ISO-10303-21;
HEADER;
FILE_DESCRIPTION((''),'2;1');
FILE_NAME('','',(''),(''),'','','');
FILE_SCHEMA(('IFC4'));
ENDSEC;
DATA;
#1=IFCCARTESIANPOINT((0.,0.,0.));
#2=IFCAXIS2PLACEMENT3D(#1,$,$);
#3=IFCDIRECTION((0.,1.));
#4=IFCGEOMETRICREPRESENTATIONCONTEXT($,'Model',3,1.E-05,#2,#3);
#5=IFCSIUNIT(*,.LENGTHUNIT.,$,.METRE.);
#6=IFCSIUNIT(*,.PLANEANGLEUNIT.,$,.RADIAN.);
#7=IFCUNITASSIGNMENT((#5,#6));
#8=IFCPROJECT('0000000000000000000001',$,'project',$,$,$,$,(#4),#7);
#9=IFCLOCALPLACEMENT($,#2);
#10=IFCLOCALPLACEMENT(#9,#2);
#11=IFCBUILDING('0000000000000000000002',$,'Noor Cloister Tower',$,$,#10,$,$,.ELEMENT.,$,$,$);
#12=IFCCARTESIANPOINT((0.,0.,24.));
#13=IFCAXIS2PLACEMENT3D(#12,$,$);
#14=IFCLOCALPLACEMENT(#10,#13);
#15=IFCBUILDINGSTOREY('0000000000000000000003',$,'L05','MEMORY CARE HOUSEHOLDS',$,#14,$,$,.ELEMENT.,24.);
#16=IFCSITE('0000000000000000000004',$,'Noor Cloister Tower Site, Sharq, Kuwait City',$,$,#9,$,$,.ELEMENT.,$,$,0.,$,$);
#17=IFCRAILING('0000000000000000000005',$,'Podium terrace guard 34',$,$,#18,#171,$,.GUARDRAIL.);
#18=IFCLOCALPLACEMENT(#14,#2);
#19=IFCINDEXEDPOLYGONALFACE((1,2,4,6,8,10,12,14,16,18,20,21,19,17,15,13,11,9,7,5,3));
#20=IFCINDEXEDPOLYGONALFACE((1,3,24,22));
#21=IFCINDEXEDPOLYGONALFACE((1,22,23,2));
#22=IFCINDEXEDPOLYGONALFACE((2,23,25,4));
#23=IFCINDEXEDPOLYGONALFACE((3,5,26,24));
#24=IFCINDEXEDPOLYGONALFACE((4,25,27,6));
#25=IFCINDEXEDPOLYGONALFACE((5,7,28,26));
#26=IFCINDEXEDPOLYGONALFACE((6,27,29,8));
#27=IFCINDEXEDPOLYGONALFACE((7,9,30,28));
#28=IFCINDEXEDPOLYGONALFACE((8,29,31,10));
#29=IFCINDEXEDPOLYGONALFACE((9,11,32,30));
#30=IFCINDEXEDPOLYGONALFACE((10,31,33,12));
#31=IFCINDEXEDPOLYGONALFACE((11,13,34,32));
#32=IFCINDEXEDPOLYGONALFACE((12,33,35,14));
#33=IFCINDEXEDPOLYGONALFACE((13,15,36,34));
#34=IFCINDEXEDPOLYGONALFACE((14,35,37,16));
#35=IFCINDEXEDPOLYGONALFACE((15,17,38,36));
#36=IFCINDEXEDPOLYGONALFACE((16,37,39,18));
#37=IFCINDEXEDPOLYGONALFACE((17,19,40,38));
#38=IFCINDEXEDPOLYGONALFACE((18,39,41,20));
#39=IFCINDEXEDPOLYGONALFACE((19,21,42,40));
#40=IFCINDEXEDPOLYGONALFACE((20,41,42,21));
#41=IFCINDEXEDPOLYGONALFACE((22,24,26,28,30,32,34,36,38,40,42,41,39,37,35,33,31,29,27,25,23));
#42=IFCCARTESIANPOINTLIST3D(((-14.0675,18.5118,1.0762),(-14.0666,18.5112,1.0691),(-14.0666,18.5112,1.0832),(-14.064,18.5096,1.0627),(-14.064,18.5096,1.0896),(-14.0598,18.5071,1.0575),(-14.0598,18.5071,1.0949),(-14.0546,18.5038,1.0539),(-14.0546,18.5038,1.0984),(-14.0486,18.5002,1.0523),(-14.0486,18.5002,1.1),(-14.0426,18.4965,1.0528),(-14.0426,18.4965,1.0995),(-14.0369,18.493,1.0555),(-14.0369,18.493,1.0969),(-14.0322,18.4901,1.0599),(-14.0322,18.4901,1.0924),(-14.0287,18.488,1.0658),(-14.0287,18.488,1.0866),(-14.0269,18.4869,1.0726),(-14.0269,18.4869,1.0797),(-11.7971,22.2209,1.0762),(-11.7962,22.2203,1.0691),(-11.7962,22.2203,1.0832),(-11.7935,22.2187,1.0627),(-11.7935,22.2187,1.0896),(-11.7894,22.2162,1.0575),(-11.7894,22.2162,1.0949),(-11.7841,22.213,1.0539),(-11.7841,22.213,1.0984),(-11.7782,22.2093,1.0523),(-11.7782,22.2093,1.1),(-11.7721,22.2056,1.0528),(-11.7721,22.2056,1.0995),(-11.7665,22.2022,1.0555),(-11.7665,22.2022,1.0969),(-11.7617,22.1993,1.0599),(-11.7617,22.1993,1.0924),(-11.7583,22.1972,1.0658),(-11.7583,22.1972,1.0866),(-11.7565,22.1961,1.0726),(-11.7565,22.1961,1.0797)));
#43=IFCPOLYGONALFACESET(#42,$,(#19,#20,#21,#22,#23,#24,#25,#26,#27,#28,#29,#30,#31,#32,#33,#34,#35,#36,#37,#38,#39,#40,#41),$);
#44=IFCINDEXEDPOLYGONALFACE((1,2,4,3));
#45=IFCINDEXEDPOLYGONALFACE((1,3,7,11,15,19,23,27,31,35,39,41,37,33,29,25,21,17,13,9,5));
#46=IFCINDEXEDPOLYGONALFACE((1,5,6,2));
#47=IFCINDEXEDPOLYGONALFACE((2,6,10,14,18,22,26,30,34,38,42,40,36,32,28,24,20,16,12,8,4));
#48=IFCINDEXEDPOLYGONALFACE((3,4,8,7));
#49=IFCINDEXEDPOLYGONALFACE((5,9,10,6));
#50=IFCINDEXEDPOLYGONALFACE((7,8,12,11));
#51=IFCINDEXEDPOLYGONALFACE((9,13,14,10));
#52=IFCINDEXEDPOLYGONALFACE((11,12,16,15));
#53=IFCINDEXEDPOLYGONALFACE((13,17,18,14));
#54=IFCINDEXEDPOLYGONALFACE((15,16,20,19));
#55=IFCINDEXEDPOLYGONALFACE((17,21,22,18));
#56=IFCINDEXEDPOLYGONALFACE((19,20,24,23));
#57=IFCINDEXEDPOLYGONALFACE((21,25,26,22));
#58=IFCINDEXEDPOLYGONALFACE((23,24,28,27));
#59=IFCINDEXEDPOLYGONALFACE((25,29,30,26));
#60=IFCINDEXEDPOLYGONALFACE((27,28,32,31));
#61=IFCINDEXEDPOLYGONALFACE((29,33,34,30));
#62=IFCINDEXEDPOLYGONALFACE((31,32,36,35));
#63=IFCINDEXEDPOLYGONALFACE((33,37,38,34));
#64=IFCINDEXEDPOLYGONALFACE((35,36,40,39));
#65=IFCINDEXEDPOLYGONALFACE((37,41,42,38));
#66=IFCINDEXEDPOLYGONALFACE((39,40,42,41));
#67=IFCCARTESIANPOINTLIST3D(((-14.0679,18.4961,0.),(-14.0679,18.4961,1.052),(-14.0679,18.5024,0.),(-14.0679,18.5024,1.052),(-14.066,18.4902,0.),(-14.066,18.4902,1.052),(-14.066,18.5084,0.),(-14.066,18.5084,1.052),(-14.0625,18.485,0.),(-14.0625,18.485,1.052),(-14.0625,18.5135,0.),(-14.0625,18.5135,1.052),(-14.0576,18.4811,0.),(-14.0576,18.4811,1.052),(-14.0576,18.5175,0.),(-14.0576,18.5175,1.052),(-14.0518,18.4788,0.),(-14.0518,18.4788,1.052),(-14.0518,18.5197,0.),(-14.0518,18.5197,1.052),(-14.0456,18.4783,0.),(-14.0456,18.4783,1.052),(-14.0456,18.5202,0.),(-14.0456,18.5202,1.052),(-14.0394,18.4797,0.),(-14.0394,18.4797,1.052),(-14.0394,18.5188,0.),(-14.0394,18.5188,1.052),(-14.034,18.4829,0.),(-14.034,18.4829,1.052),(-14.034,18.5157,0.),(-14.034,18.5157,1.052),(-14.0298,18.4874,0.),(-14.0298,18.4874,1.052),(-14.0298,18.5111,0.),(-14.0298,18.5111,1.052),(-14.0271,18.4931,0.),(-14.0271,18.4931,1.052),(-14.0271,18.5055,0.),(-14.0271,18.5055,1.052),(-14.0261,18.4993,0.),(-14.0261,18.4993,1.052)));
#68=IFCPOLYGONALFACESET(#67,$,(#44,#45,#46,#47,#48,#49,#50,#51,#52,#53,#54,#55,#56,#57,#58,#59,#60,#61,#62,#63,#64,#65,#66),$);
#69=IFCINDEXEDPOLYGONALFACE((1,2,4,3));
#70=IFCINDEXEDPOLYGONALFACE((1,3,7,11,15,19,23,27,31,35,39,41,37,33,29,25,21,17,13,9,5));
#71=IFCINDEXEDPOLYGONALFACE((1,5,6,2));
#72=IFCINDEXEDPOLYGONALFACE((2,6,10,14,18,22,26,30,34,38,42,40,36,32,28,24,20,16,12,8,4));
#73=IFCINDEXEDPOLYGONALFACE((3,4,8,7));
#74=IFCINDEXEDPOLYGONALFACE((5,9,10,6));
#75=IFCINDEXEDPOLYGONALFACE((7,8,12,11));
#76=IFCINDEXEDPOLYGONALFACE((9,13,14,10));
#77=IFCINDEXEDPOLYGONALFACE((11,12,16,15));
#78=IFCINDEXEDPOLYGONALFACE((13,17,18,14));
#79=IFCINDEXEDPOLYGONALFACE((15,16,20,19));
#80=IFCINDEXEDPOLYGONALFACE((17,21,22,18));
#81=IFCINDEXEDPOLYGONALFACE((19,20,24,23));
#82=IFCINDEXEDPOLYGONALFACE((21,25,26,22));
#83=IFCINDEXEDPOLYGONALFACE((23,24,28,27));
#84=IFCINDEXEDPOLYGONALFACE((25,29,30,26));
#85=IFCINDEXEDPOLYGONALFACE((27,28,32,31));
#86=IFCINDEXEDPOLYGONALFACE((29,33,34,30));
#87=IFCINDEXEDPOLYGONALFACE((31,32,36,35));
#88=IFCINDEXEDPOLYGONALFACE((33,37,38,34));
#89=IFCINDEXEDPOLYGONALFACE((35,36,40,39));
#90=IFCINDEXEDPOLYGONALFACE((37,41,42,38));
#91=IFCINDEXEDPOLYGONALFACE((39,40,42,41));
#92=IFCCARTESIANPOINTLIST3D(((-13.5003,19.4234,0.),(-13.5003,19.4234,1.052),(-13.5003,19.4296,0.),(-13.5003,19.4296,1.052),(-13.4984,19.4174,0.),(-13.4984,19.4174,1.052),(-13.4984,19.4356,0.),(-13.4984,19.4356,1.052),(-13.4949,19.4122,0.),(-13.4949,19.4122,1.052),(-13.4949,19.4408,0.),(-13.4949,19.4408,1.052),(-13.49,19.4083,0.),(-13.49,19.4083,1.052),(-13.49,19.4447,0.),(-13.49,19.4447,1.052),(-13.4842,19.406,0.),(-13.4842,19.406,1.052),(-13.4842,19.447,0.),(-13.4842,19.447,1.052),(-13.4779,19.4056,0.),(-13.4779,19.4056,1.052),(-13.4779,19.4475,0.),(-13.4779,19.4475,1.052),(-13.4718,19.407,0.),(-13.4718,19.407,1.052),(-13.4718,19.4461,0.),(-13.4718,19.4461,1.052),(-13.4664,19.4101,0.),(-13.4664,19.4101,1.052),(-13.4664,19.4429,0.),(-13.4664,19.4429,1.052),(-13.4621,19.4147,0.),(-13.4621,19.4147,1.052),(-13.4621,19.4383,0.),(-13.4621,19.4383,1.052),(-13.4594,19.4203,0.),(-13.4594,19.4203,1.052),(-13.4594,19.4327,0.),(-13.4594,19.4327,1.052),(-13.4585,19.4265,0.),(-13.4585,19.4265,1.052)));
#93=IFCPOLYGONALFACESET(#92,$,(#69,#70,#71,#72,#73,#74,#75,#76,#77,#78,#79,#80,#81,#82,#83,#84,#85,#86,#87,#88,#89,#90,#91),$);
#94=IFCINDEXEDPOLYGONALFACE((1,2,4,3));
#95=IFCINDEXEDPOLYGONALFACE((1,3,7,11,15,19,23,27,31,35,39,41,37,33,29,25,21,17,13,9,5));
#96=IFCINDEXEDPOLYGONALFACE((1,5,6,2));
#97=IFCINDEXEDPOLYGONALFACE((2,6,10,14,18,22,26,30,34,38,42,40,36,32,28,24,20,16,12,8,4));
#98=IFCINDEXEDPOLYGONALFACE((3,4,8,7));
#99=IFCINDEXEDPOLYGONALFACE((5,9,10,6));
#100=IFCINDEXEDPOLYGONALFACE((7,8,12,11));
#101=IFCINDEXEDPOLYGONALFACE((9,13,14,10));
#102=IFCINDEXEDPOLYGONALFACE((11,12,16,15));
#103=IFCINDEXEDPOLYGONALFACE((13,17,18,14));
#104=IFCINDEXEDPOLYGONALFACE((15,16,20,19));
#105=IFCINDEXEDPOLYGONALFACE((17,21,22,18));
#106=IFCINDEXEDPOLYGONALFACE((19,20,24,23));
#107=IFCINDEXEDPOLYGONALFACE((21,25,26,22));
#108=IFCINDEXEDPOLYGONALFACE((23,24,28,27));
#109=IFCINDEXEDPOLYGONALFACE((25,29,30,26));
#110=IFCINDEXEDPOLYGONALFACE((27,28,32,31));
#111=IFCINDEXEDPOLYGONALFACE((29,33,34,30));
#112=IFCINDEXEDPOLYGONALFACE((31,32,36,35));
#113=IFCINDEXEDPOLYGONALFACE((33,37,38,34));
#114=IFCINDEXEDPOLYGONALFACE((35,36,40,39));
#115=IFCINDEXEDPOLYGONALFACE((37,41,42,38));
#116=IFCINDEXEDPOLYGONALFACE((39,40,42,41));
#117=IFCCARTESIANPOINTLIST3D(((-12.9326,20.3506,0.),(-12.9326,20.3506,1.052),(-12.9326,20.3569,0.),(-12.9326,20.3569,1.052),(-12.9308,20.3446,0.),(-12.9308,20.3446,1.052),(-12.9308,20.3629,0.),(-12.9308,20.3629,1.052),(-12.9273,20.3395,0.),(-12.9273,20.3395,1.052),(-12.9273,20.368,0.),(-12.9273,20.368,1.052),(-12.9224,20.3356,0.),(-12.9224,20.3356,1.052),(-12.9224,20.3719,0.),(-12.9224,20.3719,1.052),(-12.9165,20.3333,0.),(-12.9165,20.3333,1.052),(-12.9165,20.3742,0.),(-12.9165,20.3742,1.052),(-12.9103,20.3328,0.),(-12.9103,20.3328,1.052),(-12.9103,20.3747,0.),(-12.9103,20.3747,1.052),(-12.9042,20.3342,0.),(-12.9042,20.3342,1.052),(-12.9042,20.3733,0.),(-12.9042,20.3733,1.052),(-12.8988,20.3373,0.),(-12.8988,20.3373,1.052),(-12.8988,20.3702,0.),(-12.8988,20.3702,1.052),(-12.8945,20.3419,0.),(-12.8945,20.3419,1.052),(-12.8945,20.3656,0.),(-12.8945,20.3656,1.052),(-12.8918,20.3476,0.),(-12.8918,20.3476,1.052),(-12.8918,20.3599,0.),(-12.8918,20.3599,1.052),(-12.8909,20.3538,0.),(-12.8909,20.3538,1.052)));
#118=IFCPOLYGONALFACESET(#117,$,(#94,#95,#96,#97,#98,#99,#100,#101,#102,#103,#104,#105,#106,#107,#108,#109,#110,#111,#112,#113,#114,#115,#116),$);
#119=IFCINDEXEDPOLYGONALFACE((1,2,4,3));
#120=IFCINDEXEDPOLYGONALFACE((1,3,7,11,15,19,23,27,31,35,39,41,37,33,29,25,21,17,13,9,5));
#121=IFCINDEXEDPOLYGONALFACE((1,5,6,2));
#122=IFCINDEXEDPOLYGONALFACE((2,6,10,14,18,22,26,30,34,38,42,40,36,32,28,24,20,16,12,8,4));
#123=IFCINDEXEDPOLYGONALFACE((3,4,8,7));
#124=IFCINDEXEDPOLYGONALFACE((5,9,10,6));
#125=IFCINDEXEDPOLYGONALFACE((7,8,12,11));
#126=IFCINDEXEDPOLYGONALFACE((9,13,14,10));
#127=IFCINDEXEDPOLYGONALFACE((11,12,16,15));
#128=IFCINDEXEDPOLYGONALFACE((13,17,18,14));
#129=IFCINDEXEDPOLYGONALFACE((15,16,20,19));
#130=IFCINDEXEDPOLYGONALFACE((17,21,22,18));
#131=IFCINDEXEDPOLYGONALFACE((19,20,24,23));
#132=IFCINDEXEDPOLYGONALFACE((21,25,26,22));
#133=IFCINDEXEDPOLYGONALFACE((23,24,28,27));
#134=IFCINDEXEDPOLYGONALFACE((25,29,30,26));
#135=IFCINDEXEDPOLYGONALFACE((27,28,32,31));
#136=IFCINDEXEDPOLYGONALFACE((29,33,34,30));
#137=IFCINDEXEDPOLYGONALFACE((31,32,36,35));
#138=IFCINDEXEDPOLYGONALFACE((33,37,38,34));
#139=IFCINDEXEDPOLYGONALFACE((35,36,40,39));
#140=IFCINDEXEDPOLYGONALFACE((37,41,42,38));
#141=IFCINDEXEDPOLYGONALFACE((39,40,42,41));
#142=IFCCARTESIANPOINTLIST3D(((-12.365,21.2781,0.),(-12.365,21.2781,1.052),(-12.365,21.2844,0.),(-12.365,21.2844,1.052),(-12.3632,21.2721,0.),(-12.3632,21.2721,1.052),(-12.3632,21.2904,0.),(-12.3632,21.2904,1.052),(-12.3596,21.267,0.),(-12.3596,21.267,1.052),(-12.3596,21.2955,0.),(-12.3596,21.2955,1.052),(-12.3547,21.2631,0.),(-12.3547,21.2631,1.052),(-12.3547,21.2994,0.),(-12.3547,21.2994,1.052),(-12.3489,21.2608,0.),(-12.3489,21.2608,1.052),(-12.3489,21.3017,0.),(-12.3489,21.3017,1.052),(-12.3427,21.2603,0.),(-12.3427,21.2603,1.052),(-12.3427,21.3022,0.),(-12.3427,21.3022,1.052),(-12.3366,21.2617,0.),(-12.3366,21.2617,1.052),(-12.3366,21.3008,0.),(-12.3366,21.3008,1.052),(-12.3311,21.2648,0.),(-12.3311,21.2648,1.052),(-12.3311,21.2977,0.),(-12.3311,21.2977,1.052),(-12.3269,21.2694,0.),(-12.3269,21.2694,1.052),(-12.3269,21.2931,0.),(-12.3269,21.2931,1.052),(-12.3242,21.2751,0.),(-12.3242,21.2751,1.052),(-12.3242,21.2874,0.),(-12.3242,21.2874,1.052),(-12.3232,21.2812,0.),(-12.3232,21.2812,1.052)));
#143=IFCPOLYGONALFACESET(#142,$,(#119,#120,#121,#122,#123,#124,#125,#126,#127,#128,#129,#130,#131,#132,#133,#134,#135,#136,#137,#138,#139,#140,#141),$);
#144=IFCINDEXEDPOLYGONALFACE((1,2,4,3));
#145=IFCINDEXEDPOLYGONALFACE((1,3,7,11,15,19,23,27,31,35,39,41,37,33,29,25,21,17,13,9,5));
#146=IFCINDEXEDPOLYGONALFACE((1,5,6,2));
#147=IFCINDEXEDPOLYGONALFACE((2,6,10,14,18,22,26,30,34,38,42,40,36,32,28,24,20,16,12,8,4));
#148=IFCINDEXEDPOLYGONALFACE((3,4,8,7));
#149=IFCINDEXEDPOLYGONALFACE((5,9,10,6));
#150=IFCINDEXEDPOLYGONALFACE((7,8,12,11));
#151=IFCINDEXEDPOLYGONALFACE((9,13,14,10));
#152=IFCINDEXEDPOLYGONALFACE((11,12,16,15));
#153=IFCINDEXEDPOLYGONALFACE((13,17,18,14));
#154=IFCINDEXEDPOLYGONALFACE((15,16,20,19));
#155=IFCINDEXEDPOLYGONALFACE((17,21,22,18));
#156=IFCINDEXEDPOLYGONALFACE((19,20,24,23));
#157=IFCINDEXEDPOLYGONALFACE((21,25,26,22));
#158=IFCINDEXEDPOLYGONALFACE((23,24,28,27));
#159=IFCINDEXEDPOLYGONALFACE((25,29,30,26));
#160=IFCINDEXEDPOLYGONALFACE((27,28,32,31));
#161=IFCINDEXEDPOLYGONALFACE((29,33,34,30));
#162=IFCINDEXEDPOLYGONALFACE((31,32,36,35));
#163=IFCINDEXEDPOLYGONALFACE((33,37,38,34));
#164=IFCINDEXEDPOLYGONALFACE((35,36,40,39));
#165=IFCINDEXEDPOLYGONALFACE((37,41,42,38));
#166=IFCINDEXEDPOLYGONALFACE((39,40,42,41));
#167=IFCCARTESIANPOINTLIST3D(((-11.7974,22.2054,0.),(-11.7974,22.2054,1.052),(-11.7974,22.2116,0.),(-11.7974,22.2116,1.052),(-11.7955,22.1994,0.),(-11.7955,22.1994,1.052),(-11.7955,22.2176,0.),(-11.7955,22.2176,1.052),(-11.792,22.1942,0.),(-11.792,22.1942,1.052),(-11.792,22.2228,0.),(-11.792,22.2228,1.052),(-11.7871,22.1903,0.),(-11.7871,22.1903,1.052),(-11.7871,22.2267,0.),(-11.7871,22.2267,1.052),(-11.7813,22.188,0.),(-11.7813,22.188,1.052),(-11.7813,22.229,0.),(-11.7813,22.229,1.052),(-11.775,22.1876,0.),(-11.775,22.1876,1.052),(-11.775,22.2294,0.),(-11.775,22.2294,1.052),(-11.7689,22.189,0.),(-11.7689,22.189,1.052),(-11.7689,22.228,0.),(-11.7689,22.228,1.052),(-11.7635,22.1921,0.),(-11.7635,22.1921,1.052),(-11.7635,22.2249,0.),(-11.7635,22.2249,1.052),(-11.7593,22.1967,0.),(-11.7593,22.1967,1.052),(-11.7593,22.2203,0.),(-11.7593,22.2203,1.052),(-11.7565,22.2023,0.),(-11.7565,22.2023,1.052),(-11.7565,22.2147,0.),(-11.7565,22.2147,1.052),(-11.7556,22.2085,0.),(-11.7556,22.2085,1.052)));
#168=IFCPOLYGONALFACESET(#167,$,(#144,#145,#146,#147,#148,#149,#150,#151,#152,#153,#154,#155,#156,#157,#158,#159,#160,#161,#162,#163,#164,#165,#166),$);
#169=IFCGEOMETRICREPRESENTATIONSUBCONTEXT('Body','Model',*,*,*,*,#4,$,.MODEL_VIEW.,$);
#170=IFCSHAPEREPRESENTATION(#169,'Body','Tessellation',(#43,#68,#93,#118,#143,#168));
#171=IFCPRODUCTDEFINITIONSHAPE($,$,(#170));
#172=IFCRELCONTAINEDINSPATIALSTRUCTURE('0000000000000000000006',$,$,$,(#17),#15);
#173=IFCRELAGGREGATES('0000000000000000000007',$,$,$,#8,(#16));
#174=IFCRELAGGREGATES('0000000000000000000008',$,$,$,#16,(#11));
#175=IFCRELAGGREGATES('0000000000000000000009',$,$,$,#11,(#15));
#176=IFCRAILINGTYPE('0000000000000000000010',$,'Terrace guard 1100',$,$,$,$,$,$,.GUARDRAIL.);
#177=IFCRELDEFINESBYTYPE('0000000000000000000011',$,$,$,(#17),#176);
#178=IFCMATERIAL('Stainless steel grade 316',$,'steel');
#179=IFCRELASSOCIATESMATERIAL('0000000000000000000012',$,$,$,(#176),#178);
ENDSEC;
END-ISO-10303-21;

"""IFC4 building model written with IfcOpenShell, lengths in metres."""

from ifc_helpers import new_model, si_unit, direction, frame, origin, origin_2d, place, context, subcontext, project, spatial, circle, extrude, material, type_object, element, save


model = new_model("IFC4")

# Units and contexts
model_context = context("Model", 3, precision=1e-05, world=origin(), true_north=direction((0.0, 1.0)))
body_context = subcontext(model_context, "Body", "Model", "MODEL_VIEW")
ifc_project = project(units=[si_unit("LENGTHUNIT", "METRE"), si_unit("PLANEANGLEUNIT", "RADIAN")], contexts=[model_context])

# Site, building, storey
site_placement = place(None, origin())
site = spatial("IfcSite", under=ifc_project, at=site_placement, Name="Noor Cloister Tower Site, Sharq, Kuwait City", CompositionType="ELEMENT", RefElevation=0.0)
building_placement = place(site_placement, origin())
building = spatial("IfcBuilding", under=site, at=building_placement, Name="Noor Cloister Tower", CompositionType="ELEMENT")
storey_placement = place(building_placement, frame((0.0, 0.0, 24.0)))
storey = spatial("IfcBuildingStorey", under=building, at=storey_placement, Name="L05", Description="MEMORY CARE HOUSEHOLDS", CompositionType="ELEMENT", Elevation=24.0)

# Railing
ifc_material_1 = material(Name="Stainless steel grade 316", Category="steel")
railing_type = type_object("IfcRailingType", Name="Terrace guard 1100", PredefinedType="GUARDRAIL", material=ifc_material_1)
railing_1_placement = place(storey_placement, frame((-14.0471, 18.4993, 0.0)))
element("IfcRailing", 1, at=railing_1_placement, inside=storey, type_object=railing_type, Name="Podium terrace guard 34", PredefinedType="GUARDRAIL", context=body_context, shape_type="SweptSolid", body=[
    extrude(circle(Radius=0.0239, at=origin_2d()), frame((0.0, 0.0, 1.0762), z_axis=(0.522079, 0.852897, 0.0), x_axis=(-0.852897, 0.522079, 0.0)), (0.0, 0.0, 1.0), 4.3489),
    extrude(circle(Radius=0.021, at=origin_2d()), origin(), (0.0, 0.0, 1.0), 1.052),
    extrude(circle(Radius=0.021, at=origin_2d()), frame((0.5676, 0.9272, 0.0)), (0.0, 0.0, 1.0), 1.052),
    extrude(circle(Radius=0.021, at=origin_2d()), frame((1.1353, 1.8545, 0.0)), (0.0, 0.0, 1.0), 1.052),
    extrude(circle(Radius=0.021, at=origin_2d()), frame((1.7029, 2.782, 0.0)), (0.0, 0.0, 1.0), 1.052),
    extrude(circle(Radius=0.021, at=origin_2d()), frame((2.2705, 3.7092, 0.0)), (0.0, 0.0, 1.0), 1.052),
])

save(model, "model.ifc")
